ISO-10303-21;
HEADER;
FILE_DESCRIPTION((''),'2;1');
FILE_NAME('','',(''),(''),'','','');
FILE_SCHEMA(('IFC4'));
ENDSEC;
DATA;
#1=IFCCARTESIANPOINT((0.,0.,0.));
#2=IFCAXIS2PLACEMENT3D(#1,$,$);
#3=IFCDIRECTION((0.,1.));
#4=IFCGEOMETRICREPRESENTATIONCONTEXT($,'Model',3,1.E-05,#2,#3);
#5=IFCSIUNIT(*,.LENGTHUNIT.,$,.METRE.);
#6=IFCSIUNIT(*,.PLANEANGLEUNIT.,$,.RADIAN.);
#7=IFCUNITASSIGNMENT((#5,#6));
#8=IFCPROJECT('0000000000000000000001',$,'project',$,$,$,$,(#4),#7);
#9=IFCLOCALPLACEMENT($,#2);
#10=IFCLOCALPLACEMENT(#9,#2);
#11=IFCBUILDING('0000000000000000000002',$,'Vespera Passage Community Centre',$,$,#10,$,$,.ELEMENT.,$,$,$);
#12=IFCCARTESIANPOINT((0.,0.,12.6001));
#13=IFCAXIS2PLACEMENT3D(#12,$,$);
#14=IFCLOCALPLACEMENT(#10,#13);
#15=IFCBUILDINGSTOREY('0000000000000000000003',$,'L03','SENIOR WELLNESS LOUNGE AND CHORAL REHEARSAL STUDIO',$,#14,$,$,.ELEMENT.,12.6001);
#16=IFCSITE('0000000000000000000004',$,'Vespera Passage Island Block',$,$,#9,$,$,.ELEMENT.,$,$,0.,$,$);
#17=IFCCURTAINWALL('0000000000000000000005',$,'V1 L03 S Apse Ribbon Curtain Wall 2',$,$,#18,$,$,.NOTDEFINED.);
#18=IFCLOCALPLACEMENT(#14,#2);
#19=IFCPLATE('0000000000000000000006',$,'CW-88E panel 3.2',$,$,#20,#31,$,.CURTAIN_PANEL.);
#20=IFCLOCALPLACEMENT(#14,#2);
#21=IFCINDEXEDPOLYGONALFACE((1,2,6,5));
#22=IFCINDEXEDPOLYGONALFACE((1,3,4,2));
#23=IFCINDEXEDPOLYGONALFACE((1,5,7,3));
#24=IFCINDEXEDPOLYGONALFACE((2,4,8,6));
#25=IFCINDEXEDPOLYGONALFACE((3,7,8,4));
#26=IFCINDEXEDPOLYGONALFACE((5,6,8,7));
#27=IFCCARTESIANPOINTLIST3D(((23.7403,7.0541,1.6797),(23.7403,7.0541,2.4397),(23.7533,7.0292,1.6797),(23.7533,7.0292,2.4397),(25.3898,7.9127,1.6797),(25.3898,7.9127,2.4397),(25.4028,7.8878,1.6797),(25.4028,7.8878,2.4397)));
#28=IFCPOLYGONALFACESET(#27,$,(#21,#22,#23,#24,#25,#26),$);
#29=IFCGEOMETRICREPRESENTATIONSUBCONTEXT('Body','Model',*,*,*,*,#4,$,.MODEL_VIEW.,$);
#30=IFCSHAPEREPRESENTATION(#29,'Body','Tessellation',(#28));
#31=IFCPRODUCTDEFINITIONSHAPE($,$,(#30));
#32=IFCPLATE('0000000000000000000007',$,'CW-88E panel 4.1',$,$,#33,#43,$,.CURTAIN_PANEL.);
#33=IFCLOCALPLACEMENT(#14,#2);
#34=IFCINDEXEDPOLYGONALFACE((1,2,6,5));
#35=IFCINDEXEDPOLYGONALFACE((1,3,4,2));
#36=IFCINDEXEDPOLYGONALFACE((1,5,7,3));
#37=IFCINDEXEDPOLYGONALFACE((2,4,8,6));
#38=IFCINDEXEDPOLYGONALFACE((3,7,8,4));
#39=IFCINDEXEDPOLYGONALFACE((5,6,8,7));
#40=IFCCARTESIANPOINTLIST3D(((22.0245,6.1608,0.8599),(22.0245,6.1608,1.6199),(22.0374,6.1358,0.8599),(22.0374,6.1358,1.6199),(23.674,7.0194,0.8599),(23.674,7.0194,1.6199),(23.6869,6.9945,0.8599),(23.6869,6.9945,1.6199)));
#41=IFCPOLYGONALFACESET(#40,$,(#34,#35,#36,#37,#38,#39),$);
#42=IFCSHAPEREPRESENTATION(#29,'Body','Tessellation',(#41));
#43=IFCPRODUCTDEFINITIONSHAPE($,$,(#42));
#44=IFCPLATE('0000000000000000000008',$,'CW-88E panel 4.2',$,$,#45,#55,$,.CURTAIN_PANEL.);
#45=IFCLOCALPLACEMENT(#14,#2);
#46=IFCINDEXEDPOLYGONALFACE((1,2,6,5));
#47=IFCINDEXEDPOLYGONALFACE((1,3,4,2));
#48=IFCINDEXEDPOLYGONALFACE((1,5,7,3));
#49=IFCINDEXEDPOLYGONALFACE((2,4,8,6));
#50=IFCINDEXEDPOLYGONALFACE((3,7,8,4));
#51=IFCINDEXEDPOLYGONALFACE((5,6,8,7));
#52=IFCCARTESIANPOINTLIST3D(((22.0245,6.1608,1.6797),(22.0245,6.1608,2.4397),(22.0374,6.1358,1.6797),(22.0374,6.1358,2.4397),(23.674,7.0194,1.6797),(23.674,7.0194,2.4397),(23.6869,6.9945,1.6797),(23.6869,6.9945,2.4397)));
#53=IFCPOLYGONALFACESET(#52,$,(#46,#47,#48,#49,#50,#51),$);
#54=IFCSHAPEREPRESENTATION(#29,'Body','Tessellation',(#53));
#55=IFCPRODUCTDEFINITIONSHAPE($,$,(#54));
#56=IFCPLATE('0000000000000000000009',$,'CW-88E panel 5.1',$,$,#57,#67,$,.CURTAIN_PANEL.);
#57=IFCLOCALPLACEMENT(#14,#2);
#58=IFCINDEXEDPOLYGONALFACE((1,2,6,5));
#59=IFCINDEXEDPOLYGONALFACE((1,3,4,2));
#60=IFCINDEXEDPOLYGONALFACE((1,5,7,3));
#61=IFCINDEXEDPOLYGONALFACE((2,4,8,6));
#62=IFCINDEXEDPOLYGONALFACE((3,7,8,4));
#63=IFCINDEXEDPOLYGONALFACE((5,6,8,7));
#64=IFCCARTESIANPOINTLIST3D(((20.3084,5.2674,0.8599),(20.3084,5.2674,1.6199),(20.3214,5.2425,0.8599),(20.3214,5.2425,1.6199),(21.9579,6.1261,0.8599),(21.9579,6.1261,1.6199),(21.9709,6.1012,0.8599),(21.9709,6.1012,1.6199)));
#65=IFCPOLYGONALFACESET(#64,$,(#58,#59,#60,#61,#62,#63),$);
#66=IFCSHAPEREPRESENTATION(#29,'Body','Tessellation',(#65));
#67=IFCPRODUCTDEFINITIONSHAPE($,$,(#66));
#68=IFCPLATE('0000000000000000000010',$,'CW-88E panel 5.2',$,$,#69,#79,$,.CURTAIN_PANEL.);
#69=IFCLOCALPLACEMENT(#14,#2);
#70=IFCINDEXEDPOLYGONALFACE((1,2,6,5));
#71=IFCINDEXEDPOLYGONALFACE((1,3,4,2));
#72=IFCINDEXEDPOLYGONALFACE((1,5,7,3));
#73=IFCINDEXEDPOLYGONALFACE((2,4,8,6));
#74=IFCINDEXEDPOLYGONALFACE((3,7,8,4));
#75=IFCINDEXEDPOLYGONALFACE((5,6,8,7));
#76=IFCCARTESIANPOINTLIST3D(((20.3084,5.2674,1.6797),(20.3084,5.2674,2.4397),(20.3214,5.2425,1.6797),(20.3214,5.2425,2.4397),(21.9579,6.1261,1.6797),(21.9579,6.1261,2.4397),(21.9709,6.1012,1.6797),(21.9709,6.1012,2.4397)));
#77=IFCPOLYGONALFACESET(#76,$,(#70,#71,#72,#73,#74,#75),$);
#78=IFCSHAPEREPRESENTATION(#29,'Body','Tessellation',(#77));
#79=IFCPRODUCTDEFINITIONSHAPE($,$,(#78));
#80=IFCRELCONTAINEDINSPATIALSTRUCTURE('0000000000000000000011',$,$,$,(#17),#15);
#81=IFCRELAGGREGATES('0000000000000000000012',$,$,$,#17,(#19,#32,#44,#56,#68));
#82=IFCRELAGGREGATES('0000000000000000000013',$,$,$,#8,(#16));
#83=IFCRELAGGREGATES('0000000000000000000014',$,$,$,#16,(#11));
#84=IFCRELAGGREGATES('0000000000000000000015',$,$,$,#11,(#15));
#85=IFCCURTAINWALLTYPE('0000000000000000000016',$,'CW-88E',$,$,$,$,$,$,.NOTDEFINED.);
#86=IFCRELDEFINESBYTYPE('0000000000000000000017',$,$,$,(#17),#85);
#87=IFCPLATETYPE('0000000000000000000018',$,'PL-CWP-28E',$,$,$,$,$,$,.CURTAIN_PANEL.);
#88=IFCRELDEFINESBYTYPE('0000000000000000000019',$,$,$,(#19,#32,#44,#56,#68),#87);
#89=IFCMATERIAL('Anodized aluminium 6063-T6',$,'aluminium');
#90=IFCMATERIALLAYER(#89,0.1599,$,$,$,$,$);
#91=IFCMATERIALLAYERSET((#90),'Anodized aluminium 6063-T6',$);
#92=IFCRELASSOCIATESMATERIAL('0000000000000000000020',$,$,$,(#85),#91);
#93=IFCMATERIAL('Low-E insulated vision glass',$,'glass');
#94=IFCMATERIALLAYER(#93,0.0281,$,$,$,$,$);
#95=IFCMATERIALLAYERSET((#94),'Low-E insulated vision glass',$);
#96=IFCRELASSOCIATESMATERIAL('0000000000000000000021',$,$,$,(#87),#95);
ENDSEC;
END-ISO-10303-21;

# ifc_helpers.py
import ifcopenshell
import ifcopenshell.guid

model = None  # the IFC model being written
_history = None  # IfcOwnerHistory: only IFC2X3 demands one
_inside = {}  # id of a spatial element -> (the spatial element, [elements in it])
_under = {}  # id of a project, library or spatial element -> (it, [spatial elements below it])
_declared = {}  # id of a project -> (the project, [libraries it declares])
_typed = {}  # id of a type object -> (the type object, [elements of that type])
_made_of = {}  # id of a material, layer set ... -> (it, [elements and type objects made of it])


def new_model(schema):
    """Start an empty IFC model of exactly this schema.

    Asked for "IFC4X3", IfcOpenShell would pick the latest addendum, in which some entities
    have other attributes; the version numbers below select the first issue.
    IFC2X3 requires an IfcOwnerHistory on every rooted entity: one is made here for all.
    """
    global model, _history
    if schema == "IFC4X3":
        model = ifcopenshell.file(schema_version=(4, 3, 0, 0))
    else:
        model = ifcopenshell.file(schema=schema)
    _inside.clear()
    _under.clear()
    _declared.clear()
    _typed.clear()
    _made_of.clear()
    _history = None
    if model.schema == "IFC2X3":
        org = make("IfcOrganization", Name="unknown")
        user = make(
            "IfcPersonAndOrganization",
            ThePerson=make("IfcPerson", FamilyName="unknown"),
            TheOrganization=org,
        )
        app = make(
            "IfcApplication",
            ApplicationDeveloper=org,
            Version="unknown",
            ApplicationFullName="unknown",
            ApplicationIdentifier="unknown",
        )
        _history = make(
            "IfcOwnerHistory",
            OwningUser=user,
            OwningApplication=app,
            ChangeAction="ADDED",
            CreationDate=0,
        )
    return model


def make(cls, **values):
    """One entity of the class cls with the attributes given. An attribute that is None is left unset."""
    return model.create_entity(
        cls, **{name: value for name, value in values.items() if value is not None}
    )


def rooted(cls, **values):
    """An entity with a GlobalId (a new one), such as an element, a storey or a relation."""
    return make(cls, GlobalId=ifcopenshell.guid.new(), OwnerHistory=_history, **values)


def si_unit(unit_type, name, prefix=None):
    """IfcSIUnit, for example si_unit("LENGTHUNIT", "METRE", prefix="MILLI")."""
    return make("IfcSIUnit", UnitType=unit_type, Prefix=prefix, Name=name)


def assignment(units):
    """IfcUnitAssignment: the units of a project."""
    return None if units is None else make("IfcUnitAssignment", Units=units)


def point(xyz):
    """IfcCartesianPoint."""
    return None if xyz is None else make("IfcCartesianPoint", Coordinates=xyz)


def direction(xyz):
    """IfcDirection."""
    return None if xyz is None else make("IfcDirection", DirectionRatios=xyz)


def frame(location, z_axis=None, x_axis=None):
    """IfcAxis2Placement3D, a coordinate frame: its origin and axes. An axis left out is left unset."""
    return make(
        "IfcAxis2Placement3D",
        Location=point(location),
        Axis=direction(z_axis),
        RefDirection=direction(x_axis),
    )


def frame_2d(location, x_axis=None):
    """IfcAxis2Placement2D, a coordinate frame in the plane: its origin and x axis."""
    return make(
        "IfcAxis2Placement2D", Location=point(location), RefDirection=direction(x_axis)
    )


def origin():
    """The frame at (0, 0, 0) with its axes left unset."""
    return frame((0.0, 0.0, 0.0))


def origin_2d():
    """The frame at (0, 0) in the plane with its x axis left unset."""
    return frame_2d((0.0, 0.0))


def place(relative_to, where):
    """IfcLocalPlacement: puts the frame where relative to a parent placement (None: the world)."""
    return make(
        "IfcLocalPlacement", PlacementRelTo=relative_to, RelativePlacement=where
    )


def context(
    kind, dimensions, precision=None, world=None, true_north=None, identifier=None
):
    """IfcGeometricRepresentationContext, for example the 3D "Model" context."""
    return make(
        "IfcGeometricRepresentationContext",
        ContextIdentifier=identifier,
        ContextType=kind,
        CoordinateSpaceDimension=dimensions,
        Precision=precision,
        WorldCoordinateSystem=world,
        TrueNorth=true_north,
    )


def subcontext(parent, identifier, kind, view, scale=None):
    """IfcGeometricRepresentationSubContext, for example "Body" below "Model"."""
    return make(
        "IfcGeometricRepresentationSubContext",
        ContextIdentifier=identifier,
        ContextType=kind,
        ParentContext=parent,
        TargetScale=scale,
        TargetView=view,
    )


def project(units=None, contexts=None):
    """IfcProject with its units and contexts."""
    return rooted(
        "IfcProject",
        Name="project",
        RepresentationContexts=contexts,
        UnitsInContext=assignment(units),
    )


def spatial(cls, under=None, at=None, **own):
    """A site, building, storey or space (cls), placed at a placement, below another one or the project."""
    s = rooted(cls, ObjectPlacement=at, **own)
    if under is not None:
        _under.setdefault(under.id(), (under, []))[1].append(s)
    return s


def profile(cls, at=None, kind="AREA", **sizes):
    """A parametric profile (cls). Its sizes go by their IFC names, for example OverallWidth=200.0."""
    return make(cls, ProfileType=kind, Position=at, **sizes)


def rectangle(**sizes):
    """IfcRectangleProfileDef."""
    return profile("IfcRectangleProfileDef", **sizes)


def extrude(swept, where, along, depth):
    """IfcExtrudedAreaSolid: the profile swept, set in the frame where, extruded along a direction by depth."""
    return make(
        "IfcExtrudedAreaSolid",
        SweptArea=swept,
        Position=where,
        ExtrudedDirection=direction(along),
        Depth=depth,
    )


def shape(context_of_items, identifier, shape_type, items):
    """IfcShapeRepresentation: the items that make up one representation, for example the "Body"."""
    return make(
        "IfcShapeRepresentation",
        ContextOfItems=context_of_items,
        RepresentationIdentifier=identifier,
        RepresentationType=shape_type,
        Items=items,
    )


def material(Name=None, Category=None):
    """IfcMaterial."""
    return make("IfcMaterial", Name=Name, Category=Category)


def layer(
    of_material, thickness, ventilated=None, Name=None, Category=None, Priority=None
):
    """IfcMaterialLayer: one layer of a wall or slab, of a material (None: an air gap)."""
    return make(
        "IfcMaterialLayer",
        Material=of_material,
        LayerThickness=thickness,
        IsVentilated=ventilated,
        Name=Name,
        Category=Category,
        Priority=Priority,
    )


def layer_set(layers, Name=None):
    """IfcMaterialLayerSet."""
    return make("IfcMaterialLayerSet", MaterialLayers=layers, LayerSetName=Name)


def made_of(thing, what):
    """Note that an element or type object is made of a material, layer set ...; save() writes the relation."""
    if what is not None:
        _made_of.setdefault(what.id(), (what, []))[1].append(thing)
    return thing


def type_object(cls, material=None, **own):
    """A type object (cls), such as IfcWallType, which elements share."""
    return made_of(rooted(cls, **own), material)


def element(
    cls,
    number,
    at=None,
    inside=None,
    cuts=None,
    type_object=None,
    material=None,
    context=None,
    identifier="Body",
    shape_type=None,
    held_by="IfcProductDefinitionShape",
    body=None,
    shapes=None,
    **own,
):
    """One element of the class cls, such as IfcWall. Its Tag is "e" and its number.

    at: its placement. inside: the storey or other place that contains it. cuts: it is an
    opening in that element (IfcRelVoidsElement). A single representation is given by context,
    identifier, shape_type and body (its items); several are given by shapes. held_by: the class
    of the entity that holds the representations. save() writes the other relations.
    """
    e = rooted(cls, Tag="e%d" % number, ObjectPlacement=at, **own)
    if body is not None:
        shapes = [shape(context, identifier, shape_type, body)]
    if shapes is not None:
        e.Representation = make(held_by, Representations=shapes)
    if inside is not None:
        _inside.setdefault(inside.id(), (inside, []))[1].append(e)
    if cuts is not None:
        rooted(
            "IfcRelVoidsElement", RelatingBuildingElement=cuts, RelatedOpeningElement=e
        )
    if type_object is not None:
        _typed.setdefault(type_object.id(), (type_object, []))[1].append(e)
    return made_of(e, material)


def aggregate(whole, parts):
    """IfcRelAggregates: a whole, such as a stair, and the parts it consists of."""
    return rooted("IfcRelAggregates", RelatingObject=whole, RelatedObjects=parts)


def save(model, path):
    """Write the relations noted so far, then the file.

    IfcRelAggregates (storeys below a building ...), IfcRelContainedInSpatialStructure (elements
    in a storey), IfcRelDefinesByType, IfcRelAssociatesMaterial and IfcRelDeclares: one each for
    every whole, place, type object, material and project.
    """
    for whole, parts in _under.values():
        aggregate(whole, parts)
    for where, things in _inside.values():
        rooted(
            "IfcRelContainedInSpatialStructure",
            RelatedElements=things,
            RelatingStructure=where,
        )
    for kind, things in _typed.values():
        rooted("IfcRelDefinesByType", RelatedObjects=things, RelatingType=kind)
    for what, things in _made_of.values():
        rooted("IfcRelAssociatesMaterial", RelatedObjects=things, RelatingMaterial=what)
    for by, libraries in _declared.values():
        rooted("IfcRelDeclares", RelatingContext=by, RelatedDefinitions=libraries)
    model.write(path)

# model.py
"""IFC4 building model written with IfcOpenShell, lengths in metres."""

from ifc_helpers import new_model, si_unit, direction, frame, origin, origin_2d, place, context, subcontext, project, spatial, rectangle, extrude, material, layer, layer_set, type_object, element, aggregate, save


model = new_model("IFC4")

# Units and contexts
model_context = context("Model", 3, precision=1e-05, world=origin(), true_north=direction((0.0, 1.0)))
body_context = subcontext(model_context, "Body", "Model", "MODEL_VIEW")
ifc_project = project(units=[si_unit("LENGTHUNIT", "METRE"), si_unit("PLANEANGLEUNIT", "RADIAN")], contexts=[model_context])

# Site, building, storey
site_placement = place(None, origin())
site = spatial("IfcSite", under=ifc_project, at=site_placement, Name="Vespera Passage Island Block", CompositionType="ELEMENT", RefElevation=0.0)
building_placement = place(site_placement, origin())
building = spatial("IfcBuilding", under=site, at=building_placement, Name="Vespera Passage Community Centre", CompositionType="ELEMENT")
storey_placement = place(building_placement, frame((0.0, 0.0, 12.6001)))
storey = spatial("IfcBuildingStorey", under=building, at=storey_placement, Name="L03", Description="SENIOR WELLNESS LOUNGE AND CHORAL REHEARSAL STUDIO", CompositionType="ELEMENT", Elevation=12.6001)

# Curtain wall, plates
ifc_material_1 = material(Name="Anodized aluminium 6063-T6", Category="aluminium")
ifc_layer_1 = layer(ifc_material_1, 0.1599)
ifc_layer_set_1 = layer_set([ifc_layer_1], Name="Anodized aluminium 6063-T6")
curtain_wall_type = type_object("IfcCurtainWallType", Name="CW-88E", PredefinedType="NOTDEFINED", material=ifc_layer_set_1)
curtain_wall_placement = place(storey_placement, origin())
curtain_wall = element("IfcCurtainWall", 1, at=curtain_wall_placement, inside=storey, type_object=curtain_wall_type, Name="V1 L03 S Apse Ribbon Curtain Wall 2", PredefinedType="NOTDEFINED")
ifc_material_2 = material(Name="Low-E insulated vision glass", Category="glass")
ifc_layer_2 = layer(ifc_material_2, 0.0281)
ifc_layer_set_2 = layer_set([ifc_layer_2], Name="Low-E insulated vision glass")
plate_type = type_object("IfcPlateType", Name="PL-CWP-28E", PredefinedType="CURTAIN_PANEL", material=ifc_layer_set_2)
plate_1_placement = place(storey_placement, frame((24.5715, 7.4709, 1.6797), z_axis=(0.0, 0.0, 1.0), x_axis=(-0.887013, -0.461745, 0.0)))
plate_1 = element("IfcPlate", 2, at=plate_1_placement, type_object=plate_type, Name="CW-88E panel 3.2", PredefinedType="CURTAIN_PANEL", context=body_context, shape_type="SweptSolid", body=[
    extrude(rectangle(XDim=1.8596, YDim=0.0281, at=origin_2d()), origin(), (0.0, 0.0, 1.0), 0.76),
])
plate_2_placement = place(storey_placement, frame((22.8557, 6.5776, 0.8599), z_axis=(0.0, 0.0, 1.0), x_axis=(-0.887013, -0.461745, 0.0)))
plate_2 = element("IfcPlate", 3, at=plate_2_placement, type_object=plate_type, Name="CW-88E panel 4.1", PredefinedType="CURTAIN_PANEL", context=body_context, shape_type="SweptSolid", body=[
    extrude(rectangle(XDim=1.8596, YDim=0.0281, at=origin_2d()), origin(), (0.0, 0.0, 1.0), 0.76),
])
plate_3_placement = place(storey_placement, frame((22.8557, 6.5776, 1.6797), z_axis=(0.0, 0.0, 1.0), x_axis=(-0.887013, -0.461745, 0.0)))
plate_3 = element("IfcPlate", 4, at=plate_3_placement, type_object=plate_type, Name="CW-88E panel 4.2", PredefinedType="CURTAIN_PANEL", context=body_context, shape_type="SweptSolid", body=[
    extrude(rectangle(XDim=1.8596, YDim=0.0281, at=origin_2d()), origin(), (0.0, 0.0, 1.0), 0.76),
])
plate_4_placement = place(storey_placement, frame((21.1396, 5.6843, 0.8599), z_axis=(0.0, 0.0, 1.0), x_axis=(-0.887013, -0.461745, 0.0)))
plate_4 = element("IfcPlate", 5, at=plate_4_placement, type_object=plate_type, Name="CW-88E panel 5.1", PredefinedType="CURTAIN_PANEL", context=body_context, shape_type="SweptSolid", body=[
    extrude(rectangle(XDim=1.8596, YDim=0.0281, at=origin_2d()), origin(), (0.0, 0.0, 1.0), 0.76),
])
plate_5_placement = place(storey_placement, frame((21.1396, 5.6843, 1.6797), z_axis=(0.0, 0.0, 1.0), x_axis=(-0.887013, -0.461745, 0.0)))
plate_5 = element("IfcPlate", 6, at=plate_5_placement, type_object=plate_type, Name="CW-88E panel 5.2", PredefinedType="CURTAIN_PANEL", context=body_context, shape_type="SweptSolid", body=[
    extrude(rectangle(XDim=1.8596, YDim=0.0281, at=origin_2d()), origin(), (0.0, 0.0, 1.0), 0.76),
])
aggregate(curtain_wall, [plate_1, plate_2, plate_3, plate_4, plate_5])

save(model, "model.ifc")
